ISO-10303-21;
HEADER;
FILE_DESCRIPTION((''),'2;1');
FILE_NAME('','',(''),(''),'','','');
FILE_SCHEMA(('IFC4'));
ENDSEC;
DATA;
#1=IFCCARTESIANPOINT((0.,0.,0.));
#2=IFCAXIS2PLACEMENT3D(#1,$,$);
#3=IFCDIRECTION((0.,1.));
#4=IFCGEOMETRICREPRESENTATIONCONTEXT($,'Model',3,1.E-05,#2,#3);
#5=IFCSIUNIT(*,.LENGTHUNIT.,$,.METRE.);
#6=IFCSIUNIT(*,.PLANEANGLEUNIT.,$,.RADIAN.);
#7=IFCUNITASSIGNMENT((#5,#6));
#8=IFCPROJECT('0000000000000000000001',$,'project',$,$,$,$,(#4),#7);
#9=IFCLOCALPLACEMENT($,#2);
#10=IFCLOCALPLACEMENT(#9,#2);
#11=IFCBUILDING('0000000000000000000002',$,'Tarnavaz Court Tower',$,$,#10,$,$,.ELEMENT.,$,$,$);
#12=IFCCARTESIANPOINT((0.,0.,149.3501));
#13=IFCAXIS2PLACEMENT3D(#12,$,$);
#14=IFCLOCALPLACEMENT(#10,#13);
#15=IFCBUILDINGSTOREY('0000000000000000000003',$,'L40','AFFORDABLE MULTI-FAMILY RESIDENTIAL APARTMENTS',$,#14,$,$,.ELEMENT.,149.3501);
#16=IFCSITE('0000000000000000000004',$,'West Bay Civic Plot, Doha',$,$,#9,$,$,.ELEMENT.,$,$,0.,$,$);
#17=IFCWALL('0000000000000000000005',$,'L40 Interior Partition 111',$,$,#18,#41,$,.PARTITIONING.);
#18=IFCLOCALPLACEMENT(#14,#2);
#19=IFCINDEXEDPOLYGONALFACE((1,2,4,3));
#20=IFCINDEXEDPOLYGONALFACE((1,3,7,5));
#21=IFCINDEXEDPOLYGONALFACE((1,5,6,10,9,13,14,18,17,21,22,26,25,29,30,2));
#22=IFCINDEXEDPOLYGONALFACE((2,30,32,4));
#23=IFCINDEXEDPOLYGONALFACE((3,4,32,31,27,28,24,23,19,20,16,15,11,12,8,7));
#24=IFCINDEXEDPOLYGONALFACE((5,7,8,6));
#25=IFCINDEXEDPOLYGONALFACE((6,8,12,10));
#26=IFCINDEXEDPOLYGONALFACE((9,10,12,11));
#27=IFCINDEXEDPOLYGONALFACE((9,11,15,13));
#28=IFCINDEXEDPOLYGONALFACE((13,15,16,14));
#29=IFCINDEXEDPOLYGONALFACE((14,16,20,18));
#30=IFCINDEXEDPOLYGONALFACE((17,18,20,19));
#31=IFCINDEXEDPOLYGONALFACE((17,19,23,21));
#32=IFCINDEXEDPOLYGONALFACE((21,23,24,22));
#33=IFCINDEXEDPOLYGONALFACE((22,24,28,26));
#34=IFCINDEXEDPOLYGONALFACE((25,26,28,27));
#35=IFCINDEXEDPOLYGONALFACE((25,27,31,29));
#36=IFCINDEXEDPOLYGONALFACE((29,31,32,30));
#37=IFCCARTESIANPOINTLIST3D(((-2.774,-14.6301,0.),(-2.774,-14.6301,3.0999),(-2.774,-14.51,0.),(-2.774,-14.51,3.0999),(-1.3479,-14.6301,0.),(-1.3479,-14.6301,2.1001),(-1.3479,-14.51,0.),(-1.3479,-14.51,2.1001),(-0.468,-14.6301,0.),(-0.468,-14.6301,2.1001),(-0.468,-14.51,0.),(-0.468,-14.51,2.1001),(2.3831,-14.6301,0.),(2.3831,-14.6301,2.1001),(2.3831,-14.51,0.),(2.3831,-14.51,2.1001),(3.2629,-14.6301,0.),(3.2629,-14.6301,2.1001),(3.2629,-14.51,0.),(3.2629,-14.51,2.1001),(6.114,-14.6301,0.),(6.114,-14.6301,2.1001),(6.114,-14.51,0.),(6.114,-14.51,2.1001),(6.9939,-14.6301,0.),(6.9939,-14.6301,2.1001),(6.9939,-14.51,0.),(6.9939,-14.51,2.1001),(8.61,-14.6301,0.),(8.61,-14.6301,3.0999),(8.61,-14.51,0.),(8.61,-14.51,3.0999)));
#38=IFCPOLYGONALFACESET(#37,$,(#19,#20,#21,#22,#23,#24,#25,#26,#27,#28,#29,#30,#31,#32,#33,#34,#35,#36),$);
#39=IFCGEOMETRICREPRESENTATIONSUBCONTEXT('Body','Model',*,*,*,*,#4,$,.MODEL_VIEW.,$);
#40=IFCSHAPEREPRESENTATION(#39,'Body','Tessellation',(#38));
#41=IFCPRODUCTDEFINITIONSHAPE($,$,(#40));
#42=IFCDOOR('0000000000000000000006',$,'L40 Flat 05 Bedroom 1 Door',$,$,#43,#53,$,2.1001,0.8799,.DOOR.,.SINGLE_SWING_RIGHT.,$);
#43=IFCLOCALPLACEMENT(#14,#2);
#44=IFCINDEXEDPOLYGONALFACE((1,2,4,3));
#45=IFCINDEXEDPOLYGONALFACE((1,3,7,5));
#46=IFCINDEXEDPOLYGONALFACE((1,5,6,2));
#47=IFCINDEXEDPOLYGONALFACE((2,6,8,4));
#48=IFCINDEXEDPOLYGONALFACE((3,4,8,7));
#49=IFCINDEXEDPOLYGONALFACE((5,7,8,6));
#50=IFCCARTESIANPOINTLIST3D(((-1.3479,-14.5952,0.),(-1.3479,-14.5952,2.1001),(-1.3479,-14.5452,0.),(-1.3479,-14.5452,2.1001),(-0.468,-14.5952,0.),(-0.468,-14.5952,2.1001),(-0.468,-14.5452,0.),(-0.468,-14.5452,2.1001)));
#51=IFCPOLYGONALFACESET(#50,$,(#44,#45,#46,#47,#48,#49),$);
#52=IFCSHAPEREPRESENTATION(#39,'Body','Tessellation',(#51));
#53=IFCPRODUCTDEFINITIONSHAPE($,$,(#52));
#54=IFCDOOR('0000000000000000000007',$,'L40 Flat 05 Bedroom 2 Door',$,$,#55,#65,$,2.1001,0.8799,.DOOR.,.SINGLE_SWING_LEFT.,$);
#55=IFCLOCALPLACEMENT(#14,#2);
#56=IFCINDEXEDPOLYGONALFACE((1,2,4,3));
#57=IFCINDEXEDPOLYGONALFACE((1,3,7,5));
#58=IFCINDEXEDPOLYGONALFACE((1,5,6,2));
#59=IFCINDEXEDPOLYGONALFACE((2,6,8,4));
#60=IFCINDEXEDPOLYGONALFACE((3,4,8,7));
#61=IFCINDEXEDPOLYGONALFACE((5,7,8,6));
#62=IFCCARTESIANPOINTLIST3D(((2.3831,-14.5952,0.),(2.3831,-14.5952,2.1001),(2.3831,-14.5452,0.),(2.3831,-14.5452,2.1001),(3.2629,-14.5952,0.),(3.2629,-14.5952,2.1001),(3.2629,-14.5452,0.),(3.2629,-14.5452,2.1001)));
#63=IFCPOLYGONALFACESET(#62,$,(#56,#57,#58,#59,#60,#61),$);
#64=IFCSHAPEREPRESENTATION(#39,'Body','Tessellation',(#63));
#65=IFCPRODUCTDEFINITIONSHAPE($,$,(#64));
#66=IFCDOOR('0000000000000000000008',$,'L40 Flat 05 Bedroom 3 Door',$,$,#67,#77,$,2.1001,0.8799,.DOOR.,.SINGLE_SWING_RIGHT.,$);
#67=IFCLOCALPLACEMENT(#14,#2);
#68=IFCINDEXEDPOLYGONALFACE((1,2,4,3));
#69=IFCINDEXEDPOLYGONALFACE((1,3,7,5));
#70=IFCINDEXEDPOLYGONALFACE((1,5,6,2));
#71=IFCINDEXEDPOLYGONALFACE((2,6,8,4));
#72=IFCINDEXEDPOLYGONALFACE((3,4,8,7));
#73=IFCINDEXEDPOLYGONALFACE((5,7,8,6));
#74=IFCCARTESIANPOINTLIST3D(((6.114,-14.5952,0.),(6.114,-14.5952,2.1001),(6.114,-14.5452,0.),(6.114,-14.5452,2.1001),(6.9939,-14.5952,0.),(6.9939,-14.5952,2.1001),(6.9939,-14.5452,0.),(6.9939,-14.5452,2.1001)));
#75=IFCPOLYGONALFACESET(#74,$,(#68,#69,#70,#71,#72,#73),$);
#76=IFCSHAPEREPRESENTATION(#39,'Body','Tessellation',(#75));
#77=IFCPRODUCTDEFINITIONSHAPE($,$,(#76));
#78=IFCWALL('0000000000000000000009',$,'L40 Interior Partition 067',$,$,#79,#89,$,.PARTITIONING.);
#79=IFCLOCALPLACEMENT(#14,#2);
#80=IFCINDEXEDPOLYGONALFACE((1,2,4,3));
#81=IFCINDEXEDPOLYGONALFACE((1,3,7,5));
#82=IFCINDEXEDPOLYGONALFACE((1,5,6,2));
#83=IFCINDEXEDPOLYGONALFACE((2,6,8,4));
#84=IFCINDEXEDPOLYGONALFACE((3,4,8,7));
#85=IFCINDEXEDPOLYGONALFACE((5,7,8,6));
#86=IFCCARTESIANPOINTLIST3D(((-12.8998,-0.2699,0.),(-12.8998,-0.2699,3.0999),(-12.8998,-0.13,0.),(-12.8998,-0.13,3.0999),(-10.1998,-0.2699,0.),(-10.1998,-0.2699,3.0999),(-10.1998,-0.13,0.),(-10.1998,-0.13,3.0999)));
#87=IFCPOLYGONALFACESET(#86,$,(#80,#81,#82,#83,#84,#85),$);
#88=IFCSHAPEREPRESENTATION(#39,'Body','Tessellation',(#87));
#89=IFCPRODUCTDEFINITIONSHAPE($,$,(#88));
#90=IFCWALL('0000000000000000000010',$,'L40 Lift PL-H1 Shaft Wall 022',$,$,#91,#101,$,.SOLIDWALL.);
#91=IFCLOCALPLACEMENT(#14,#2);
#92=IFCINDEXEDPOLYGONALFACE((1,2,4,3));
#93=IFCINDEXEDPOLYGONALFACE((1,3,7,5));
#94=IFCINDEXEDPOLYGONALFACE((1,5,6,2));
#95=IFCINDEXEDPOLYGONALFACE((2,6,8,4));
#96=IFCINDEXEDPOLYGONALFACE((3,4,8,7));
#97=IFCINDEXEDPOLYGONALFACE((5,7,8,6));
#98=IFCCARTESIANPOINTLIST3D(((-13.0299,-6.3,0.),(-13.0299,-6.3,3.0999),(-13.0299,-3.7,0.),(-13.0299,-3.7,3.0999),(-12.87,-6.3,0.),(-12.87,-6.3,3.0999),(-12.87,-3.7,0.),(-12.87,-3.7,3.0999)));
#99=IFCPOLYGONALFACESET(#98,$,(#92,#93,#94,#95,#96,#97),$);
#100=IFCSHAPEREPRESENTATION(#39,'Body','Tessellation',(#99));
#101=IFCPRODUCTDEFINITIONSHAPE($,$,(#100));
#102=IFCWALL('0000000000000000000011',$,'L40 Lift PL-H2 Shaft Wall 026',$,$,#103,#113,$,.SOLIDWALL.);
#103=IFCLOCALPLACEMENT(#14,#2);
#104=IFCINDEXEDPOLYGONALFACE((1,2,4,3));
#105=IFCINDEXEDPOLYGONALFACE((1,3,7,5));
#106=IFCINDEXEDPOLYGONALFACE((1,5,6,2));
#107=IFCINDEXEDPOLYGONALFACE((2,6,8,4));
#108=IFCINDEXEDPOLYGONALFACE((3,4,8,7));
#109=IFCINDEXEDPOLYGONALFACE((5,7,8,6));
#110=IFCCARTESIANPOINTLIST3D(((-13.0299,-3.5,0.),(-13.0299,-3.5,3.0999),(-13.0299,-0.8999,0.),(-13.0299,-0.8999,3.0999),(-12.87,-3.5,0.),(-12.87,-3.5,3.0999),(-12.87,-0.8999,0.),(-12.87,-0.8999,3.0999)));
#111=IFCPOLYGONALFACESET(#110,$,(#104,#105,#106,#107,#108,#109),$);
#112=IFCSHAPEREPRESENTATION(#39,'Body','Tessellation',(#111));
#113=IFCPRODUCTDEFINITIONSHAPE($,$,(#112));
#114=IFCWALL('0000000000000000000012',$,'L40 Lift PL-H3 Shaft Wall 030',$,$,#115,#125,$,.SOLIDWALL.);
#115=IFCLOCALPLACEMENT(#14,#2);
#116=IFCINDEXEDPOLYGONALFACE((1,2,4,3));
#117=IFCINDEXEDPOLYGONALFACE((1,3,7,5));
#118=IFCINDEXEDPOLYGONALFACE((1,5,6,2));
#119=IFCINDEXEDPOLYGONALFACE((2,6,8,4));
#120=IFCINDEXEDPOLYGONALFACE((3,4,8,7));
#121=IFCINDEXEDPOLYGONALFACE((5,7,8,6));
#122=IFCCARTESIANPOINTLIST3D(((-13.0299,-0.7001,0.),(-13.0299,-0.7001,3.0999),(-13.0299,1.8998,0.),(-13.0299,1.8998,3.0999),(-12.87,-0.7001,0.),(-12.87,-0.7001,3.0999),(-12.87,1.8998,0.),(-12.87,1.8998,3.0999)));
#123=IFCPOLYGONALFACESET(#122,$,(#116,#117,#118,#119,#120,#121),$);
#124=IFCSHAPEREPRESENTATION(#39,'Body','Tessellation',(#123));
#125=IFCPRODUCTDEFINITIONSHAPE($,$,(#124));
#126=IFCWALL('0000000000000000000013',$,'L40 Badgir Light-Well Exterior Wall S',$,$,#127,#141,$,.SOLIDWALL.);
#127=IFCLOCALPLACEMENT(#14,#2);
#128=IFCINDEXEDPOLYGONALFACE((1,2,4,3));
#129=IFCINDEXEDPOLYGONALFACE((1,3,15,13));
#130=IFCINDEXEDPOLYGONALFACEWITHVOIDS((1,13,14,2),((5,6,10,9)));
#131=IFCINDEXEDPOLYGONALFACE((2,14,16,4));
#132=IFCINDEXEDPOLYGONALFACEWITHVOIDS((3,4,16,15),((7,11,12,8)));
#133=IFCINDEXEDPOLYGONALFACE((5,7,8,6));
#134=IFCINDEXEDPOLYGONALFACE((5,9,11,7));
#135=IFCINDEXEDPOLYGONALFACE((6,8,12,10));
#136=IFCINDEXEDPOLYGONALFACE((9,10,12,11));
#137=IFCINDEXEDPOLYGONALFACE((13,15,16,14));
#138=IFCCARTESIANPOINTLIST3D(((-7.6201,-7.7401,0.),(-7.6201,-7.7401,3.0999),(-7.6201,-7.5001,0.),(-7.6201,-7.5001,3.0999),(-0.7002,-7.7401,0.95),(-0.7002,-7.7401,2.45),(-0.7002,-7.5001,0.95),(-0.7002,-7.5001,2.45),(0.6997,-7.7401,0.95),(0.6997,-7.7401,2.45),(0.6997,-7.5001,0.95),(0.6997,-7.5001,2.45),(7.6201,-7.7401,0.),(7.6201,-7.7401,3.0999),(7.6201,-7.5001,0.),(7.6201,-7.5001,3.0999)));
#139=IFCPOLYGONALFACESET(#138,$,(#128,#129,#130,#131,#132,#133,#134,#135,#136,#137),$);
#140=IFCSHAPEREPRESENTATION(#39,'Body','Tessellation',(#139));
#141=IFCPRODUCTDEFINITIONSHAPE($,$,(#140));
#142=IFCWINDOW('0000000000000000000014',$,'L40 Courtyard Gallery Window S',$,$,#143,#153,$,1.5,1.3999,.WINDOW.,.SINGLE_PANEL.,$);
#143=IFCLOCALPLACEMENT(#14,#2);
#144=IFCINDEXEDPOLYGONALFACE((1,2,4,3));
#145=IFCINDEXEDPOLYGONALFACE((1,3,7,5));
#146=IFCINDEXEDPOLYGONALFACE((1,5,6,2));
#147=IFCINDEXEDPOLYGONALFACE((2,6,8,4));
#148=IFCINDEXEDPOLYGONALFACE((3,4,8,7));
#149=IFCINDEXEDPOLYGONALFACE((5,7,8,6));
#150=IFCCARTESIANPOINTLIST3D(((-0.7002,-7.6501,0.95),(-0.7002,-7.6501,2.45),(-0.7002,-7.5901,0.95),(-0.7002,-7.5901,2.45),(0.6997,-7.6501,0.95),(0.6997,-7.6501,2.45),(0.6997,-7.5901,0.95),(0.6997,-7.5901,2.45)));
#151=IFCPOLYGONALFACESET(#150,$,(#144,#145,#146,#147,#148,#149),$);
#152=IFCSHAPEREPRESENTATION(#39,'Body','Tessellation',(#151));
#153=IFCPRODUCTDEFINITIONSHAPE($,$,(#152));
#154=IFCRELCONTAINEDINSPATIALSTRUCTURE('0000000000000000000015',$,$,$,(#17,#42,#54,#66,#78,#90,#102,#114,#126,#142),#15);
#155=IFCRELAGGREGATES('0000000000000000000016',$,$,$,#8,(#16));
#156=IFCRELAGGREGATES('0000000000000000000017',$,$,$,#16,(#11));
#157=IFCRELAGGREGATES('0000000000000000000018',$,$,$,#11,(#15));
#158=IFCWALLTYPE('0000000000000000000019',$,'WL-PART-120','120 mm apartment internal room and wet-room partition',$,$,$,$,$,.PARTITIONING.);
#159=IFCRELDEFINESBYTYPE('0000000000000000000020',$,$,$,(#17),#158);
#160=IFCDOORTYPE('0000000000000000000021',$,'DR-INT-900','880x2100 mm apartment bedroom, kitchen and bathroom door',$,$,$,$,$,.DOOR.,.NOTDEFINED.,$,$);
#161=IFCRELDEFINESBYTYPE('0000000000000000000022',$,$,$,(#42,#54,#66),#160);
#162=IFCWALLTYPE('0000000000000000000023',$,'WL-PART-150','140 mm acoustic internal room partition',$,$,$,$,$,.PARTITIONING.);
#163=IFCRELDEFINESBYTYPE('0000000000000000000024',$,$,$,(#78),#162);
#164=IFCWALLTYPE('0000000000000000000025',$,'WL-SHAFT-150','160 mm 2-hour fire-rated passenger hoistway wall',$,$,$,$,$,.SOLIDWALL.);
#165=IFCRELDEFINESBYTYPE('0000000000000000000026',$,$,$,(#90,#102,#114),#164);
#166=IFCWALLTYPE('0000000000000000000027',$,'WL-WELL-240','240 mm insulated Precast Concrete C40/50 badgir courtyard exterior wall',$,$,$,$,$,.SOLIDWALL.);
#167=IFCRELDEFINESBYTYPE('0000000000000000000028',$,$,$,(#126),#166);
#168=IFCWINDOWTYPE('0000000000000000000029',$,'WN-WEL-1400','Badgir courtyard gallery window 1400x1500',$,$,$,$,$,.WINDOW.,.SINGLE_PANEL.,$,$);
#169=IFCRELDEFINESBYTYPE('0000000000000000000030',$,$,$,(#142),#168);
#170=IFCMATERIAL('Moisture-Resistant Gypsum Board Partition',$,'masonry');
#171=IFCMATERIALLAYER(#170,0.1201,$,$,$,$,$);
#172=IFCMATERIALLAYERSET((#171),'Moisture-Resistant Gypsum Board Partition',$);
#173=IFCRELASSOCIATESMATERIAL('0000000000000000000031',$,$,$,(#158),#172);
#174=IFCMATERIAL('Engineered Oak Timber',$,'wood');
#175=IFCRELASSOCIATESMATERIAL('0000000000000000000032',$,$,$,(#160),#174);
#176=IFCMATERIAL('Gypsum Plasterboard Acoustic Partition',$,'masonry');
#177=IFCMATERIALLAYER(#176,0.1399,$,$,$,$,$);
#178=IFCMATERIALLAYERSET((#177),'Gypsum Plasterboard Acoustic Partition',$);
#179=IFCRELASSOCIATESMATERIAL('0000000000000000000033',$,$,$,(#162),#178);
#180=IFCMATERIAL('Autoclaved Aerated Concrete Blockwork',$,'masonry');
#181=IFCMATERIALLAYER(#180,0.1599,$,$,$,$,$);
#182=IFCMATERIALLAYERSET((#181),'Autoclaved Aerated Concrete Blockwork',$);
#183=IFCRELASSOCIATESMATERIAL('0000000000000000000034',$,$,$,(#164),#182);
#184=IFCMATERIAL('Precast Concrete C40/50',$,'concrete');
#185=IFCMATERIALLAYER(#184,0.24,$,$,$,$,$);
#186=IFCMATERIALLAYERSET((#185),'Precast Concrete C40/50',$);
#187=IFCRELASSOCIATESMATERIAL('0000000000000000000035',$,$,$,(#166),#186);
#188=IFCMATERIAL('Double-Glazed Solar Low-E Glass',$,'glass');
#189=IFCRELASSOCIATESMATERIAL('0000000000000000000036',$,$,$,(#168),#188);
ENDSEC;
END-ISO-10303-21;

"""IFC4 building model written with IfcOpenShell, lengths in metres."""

from ifc_helpers import new_model, si_unit, direction, frame, frame_2d, origin, place, context, subcontext, project, spatial, rectangle, extrude, material, layer, layer_set, type_object, element, fill, save


model = new_model("IFC4")

# Units and contexts
model_context = context("Model", 3, precision=1e-05, world=origin(), true_north=direction((0.0, 1.0)))
body_context = subcontext(model_context, "Body", "Model", "MODEL_VIEW")
ifc_project = project(units=[si_unit("LENGTHUNIT", "METRE"), si_unit("PLANEANGLEUNIT", "RADIAN")], contexts=[model_context])

# Site, building, storey
site_placement = place(None, origin())
site = spatial("IfcSite", under=ifc_project, at=site_placement, Name="West Bay Civic Plot, Doha", CompositionType="ELEMENT", RefElevation=0.0)
building_placement = place(site_placement, origin())
building = spatial("IfcBuilding", under=site, at=building_placement, Name="Tarnavaz Court Tower", CompositionType="ELEMENT")
storey_placement = place(building_placement, frame((0.0, 0.0, 149.3501)))
storey = spatial("IfcBuildingStorey", under=building, at=storey_placement, Name="L40", Description="AFFORDABLE MULTI-FAMILY RESIDENTIAL APARTMENTS", CompositionType="ELEMENT", Elevation=149.3501)

# Shared definitions
ifc_material_1 = material(Name="Moisture-Resistant Gypsum Board Partition", Category="masonry")
ifc_layer_1 = layer(ifc_material_1, 0.1201)
ifc_layer_set_1 = layer_set([ifc_layer_1], Name="Moisture-Resistant Gypsum Board Partition")
wall_type_1 = type_object("IfcWallType", Name="WL-PART-120", Description="120 mm apartment internal room and wet-room partition", PredefinedType="PARTITIONING", material=ifc_layer_set_1)
ifc_material_2 = material(Name="Engineered Oak Timber", Category="wood")
door_type_1 = type_object("IfcDoorType", Name="DR-INT-900", Description="880x2100 mm apartment bedroom, kitchen and bathroom door", OperationType="NOTDEFINED", PredefinedType="DOOR", material=ifc_material_2)

# Wall, openings, doors
wall_1_placement = place(storey_placement, frame((-2.7739, -14.5701, 0.0), z_axis=(0.0, 0.0, 1.0), x_axis=(1.0, 0.0, 0.0)))
wall_1 = element("IfcWall", 1, at=wall_1_placement, inside=storey, type_object=wall_type_1, Name="L40 Interior Partition 111", PredefinedType="PARTITIONING", context=body_context, shape_type="SweptSolid", body=[
    extrude(rectangle(XDim=11.384, YDim=0.1201, at=frame_2d((5.6919, 0.0))), origin(), (0.0, 0.0, 1.0), 3.0999),
])
opening_1_placement = place(wall_1_placement, frame((1.426, 0.0, 0.0)))
opening_1 = element("IfcOpeningElement", 2, at=opening_1_placement, cuts=wall_1, PredefinedType="OPENING", context=body_context, shape_type="SweptSolid", body=[
    extrude(rectangle(XDim=0.8799, YDim=2.1001, at=frame_2d((0.4399, 1.05))), frame((0.0, 0.0701, 0.0), z_axis=(0.0, -1.0, 0.0), x_axis=(1.0, 0.0, 0.0)), (0.0, 0.0, 1.0), 0.1401),
])
opening_2_placement = place(wall_1_placement, frame((5.157, 0.0, 0.0)))
opening_2 = element("IfcOpeningElement", 3, at=opening_2_placement, cuts=wall_1, PredefinedType="OPENING", context=body_context, shape_type="SweptSolid", body=[
    extrude(rectangle(XDim=0.8799, YDim=2.1001, at=frame_2d((0.4399, 1.05))), frame((0.0, 0.0701, 0.0), z_axis=(0.0, -1.0, 0.0), x_axis=(1.0, 0.0, 0.0)), (0.0, 0.0, 1.0), 0.1401),
])
opening_3_placement = place(wall_1_placement, frame((8.8879, 0.0, 0.0)))
opening_3 = element("IfcOpeningElement", 4, at=opening_3_placement, cuts=wall_1, PredefinedType="OPENING", context=body_context, shape_type="SweptSolid", body=[
    extrude(rectangle(XDim=0.8799, YDim=2.1001, at=frame_2d((0.4399, 1.05))), frame((0.0, 0.0701, 0.0), z_axis=(0.0, -1.0, 0.0), x_axis=(1.0, 0.0, 0.0)), (0.0, 0.0, 1.0), 0.1401),
])
door_1_placement = place(opening_1_placement, origin())
door_1 = element("IfcDoor", 5, at=door_1_placement, inside=storey, type_object=door_type_1, Name="L40 Flat 05 Bedroom 1 Door", OperationType="SINGLE_SWING_RIGHT", OverallHeight=2.1001, OverallWidth=0.8799, PredefinedType="DOOR", context=body_context, shape_type="SweptSolid", body=[
    extrude(rectangle(XDim=0.8799, YDim=2.1001, at=frame_2d((0.4399, 1.05))), frame((0.0, 0.0249, 0.0), z_axis=(0.0, -1.0, 0.0), x_axis=(1.0, 0.0, 0.0)), (0.0, 0.0, 1.0), 0.05),
])
fill(opening_1, door_1)
door_2_placement = place(opening_2_placement, origin())
door_2 = element("IfcDoor", 6, at=door_2_placement, inside=storey, type_object=door_type_1, Name="L40 Flat 05 Bedroom 2 Door", OperationType="SINGLE_SWING_LEFT", OverallHeight=2.1001, OverallWidth=0.8799, PredefinedType="DOOR", context=body_context, shape_type="SweptSolid", body=[
    extrude(rectangle(XDim=0.8799, YDim=2.1001, at=frame_2d((0.4399, 1.05))), frame((0.0, 0.0249, 0.0), z_axis=(0.0, -1.0, 0.0), x_axis=(1.0, 0.0, 0.0)), (0.0, 0.0, 1.0), 0.05),
])
fill(opening_2, door_2)
door_3_placement = place(opening_3_placement, origin())
door_3 = element("IfcDoor", 7, at=door_3_placement, inside=storey, type_object=door_type_1, Name="L40 Flat 05 Bedroom 3 Door", OperationType="SINGLE_SWING_RIGHT", OverallHeight=2.1001, OverallWidth=0.8799, PredefinedType="DOOR", context=body_context, shape_type="SweptSolid", body=[
    extrude(rectangle(XDim=0.8799, YDim=2.1001, at=frame_2d((0.4399, 1.05))), frame((0.0, 0.0249, 0.0), z_axis=(0.0, -1.0, 0.0), x_axis=(1.0, 0.0, 0.0)), (0.0, 0.0, 1.0), 0.05),
])
fill(opening_3, door_3)
ifc_material_3 = material(Name="Gypsum Plasterboard Acoustic Partition", Category="masonry")
ifc_layer_2 = layer(ifc_material_3, 0.1399)
ifc_layer_set_2 = layer_set([ifc_layer_2], Name="Gypsum Plasterboard Acoustic Partition")
wall_type_2 = type_object("IfcWallType", Name="WL-PART-150", Description="140 mm acoustic internal room partition", PredefinedType="PARTITIONING", material=ifc_layer_set_2)

# Walls
wall_2_placement = place(storey_placement, frame((-12.8999, -0.2, 0.0), z_axis=(0.0, 0.0, 1.0), x_axis=(1.0, 0.0, 0.0)))
element("IfcWall", 8, at=wall_2_placement, inside=storey, type_object=wall_type_2, Name="L40 Interior Partition 067", PredefinedType="PARTITIONING", context=body_context, shape_type="SweptSolid", body=[
    extrude(rectangle(XDim=2.7, YDim=0.1399, at=frame_2d((1.3501, 0.0))), origin(), (0.0, 0.0, 1.0), 3.0999),
])
ifc_material_4 = material(Name="Autoclaved Aerated Concrete Blockwork", Category="masonry")
ifc_layer_3 = layer(ifc_material_4, 0.1599)
ifc_layer_set_3 = layer_set([ifc_layer_3], Name="Autoclaved Aerated Concrete Blockwork")
wall_type_3 = type_object("IfcWallType", Name="WL-SHAFT-150", Description="160 mm 2-hour fire-rated passenger hoistway wall", PredefinedType="SOLIDWALL", material=ifc_layer_set_3)
for number, where, z_axis, x_axis, name in (
    (9, (-12.95, -6.3, 0.0), (0.0, 0.0, 1.0), (0.0, 1.0, 0.0), "L40 Lift PL-H1 Shaft Wall 022"),
    (10, (-12.95, -3.5, 0.0), (0.0, 0.0, 1.0), (0.0, 1.0, 0.0), "L40 Lift PL-H2 Shaft Wall 026"),
):
    element("IfcWall", number, at=place(storey_placement, frame(where, z_axis=z_axis, x_axis=x_axis)), inside=storey, type_object=wall_type_3, Name=name, PredefinedType="SOLIDWALL", context=body_context, shape_type="SweptSolid", body=[
        extrude(rectangle(XDim=2.6001, YDim=0.1599, at=frame_2d((1.3, 0.0))), origin(), (0.0, 0.0, 1.0), 3.0999),
    ])
wall_3_placement = place(storey_placement, frame((-12.95, -0.7, 0.0), z_axis=(0.0, 0.0, 1.0), x_axis=(0.0, 1.0, 0.0)))
element("IfcWall", 11, at=wall_3_placement, inside=storey, type_object=wall_type_3, Name="L40 Lift PL-H3 Shaft Wall 030", PredefinedType="SOLIDWALL", context=body_context, shape_type="SweptSolid", body=[
    extrude(rectangle(XDim=2.5999, YDim=0.1599, at=frame_2d((1.2998, 0.0))), origin(), (0.0, 0.0, 1.0), 3.0999),
])

# Wall, opening, window
ifc_material_5 = material(Name="Precast Concrete C40/50", Category="concrete")
ifc_layer_4 = layer(ifc_material_5, 0.24)
ifc_layer_set_4 = layer_set([ifc_layer_4], Name="Precast Concrete C40/50")
wall_type_4 = type_object("IfcWallType", Name="WL-WELL-240", Description="240 mm insulated Precast Concrete C40/50 badgir courtyard exterior wall", PredefinedType="SOLIDWALL", material=ifc_layer_set_4)
wall_4_placement = place(storey_placement, frame((-7.6201, -7.6201, 0.0), z_axis=(0.0, 0.0, 1.0), x_axis=(1.0, 0.0, 0.0)))
wall_4 = element("IfcWall", 12, at=wall_4_placement, inside=storey, type_object=wall_type_4, Name="L40 Badgir Light-Well Exterior Wall S", PredefinedType="SOLIDWALL", context=body_context, shape_type="SweptSolid", body=[
    extrude(rectangle(XDim=15.2402, YDim=0.24, at=frame_2d((7.6201, 0.0))), origin(), (0.0, 0.0, 1.0), 3.0999),
])
opening_4_placement = place(wall_4_placement, frame((6.9199, 0.0, 0.95)))
opening_4 = element("IfcOpeningElement", 13, at=opening_4_placement, cuts=wall_4, PredefinedType="OPENING", context=body_context, shape_type="SweptSolid", body=[
    extrude(rectangle(XDim=1.3999, YDim=1.5, at=frame_2d((0.7, 0.75))), frame((0.0, 0.1299, 0.0), z_axis=(0.0, -1.0, 0.0), x_axis=(1.0, 0.0, 0.0)), (0.0, 0.0, 1.0), 0.26),
])
ifc_material_6 = material(Name="Double-Glazed Solar Low-E Glass", Category="glass")
window_type = type_object("IfcWindowType", Name="WN-WEL-1400", Description="Badgir courtyard gallery window 1400x1500", PartitioningType="SINGLE_PANEL", PredefinedType="WINDOW", material=ifc_material_6)
window_placement = place(opening_4_placement, origin())
window = element("IfcWindow", 14, at=window_placement, inside=storey, type_object=window_type, Name="L40 Courtyard Gallery Window S", OverallHeight=1.5, OverallWidth=1.3999, PartitioningType="SINGLE_PANEL", PredefinedType="WINDOW", context=body_context, shape_type="SweptSolid", body=[
    extrude(rectangle(XDim=1.3999, YDim=1.5, at=frame_2d((0.7, 0.75))), frame((0.0, 0.03, 0.0), z_axis=(0.0, -1.0, 0.0), x_axis=(1.0, 0.0, 0.0)), (0.0, 0.0, 1.0), 0.0601),
])
fill(opening_4, window)

save(model, "model.ifc")
